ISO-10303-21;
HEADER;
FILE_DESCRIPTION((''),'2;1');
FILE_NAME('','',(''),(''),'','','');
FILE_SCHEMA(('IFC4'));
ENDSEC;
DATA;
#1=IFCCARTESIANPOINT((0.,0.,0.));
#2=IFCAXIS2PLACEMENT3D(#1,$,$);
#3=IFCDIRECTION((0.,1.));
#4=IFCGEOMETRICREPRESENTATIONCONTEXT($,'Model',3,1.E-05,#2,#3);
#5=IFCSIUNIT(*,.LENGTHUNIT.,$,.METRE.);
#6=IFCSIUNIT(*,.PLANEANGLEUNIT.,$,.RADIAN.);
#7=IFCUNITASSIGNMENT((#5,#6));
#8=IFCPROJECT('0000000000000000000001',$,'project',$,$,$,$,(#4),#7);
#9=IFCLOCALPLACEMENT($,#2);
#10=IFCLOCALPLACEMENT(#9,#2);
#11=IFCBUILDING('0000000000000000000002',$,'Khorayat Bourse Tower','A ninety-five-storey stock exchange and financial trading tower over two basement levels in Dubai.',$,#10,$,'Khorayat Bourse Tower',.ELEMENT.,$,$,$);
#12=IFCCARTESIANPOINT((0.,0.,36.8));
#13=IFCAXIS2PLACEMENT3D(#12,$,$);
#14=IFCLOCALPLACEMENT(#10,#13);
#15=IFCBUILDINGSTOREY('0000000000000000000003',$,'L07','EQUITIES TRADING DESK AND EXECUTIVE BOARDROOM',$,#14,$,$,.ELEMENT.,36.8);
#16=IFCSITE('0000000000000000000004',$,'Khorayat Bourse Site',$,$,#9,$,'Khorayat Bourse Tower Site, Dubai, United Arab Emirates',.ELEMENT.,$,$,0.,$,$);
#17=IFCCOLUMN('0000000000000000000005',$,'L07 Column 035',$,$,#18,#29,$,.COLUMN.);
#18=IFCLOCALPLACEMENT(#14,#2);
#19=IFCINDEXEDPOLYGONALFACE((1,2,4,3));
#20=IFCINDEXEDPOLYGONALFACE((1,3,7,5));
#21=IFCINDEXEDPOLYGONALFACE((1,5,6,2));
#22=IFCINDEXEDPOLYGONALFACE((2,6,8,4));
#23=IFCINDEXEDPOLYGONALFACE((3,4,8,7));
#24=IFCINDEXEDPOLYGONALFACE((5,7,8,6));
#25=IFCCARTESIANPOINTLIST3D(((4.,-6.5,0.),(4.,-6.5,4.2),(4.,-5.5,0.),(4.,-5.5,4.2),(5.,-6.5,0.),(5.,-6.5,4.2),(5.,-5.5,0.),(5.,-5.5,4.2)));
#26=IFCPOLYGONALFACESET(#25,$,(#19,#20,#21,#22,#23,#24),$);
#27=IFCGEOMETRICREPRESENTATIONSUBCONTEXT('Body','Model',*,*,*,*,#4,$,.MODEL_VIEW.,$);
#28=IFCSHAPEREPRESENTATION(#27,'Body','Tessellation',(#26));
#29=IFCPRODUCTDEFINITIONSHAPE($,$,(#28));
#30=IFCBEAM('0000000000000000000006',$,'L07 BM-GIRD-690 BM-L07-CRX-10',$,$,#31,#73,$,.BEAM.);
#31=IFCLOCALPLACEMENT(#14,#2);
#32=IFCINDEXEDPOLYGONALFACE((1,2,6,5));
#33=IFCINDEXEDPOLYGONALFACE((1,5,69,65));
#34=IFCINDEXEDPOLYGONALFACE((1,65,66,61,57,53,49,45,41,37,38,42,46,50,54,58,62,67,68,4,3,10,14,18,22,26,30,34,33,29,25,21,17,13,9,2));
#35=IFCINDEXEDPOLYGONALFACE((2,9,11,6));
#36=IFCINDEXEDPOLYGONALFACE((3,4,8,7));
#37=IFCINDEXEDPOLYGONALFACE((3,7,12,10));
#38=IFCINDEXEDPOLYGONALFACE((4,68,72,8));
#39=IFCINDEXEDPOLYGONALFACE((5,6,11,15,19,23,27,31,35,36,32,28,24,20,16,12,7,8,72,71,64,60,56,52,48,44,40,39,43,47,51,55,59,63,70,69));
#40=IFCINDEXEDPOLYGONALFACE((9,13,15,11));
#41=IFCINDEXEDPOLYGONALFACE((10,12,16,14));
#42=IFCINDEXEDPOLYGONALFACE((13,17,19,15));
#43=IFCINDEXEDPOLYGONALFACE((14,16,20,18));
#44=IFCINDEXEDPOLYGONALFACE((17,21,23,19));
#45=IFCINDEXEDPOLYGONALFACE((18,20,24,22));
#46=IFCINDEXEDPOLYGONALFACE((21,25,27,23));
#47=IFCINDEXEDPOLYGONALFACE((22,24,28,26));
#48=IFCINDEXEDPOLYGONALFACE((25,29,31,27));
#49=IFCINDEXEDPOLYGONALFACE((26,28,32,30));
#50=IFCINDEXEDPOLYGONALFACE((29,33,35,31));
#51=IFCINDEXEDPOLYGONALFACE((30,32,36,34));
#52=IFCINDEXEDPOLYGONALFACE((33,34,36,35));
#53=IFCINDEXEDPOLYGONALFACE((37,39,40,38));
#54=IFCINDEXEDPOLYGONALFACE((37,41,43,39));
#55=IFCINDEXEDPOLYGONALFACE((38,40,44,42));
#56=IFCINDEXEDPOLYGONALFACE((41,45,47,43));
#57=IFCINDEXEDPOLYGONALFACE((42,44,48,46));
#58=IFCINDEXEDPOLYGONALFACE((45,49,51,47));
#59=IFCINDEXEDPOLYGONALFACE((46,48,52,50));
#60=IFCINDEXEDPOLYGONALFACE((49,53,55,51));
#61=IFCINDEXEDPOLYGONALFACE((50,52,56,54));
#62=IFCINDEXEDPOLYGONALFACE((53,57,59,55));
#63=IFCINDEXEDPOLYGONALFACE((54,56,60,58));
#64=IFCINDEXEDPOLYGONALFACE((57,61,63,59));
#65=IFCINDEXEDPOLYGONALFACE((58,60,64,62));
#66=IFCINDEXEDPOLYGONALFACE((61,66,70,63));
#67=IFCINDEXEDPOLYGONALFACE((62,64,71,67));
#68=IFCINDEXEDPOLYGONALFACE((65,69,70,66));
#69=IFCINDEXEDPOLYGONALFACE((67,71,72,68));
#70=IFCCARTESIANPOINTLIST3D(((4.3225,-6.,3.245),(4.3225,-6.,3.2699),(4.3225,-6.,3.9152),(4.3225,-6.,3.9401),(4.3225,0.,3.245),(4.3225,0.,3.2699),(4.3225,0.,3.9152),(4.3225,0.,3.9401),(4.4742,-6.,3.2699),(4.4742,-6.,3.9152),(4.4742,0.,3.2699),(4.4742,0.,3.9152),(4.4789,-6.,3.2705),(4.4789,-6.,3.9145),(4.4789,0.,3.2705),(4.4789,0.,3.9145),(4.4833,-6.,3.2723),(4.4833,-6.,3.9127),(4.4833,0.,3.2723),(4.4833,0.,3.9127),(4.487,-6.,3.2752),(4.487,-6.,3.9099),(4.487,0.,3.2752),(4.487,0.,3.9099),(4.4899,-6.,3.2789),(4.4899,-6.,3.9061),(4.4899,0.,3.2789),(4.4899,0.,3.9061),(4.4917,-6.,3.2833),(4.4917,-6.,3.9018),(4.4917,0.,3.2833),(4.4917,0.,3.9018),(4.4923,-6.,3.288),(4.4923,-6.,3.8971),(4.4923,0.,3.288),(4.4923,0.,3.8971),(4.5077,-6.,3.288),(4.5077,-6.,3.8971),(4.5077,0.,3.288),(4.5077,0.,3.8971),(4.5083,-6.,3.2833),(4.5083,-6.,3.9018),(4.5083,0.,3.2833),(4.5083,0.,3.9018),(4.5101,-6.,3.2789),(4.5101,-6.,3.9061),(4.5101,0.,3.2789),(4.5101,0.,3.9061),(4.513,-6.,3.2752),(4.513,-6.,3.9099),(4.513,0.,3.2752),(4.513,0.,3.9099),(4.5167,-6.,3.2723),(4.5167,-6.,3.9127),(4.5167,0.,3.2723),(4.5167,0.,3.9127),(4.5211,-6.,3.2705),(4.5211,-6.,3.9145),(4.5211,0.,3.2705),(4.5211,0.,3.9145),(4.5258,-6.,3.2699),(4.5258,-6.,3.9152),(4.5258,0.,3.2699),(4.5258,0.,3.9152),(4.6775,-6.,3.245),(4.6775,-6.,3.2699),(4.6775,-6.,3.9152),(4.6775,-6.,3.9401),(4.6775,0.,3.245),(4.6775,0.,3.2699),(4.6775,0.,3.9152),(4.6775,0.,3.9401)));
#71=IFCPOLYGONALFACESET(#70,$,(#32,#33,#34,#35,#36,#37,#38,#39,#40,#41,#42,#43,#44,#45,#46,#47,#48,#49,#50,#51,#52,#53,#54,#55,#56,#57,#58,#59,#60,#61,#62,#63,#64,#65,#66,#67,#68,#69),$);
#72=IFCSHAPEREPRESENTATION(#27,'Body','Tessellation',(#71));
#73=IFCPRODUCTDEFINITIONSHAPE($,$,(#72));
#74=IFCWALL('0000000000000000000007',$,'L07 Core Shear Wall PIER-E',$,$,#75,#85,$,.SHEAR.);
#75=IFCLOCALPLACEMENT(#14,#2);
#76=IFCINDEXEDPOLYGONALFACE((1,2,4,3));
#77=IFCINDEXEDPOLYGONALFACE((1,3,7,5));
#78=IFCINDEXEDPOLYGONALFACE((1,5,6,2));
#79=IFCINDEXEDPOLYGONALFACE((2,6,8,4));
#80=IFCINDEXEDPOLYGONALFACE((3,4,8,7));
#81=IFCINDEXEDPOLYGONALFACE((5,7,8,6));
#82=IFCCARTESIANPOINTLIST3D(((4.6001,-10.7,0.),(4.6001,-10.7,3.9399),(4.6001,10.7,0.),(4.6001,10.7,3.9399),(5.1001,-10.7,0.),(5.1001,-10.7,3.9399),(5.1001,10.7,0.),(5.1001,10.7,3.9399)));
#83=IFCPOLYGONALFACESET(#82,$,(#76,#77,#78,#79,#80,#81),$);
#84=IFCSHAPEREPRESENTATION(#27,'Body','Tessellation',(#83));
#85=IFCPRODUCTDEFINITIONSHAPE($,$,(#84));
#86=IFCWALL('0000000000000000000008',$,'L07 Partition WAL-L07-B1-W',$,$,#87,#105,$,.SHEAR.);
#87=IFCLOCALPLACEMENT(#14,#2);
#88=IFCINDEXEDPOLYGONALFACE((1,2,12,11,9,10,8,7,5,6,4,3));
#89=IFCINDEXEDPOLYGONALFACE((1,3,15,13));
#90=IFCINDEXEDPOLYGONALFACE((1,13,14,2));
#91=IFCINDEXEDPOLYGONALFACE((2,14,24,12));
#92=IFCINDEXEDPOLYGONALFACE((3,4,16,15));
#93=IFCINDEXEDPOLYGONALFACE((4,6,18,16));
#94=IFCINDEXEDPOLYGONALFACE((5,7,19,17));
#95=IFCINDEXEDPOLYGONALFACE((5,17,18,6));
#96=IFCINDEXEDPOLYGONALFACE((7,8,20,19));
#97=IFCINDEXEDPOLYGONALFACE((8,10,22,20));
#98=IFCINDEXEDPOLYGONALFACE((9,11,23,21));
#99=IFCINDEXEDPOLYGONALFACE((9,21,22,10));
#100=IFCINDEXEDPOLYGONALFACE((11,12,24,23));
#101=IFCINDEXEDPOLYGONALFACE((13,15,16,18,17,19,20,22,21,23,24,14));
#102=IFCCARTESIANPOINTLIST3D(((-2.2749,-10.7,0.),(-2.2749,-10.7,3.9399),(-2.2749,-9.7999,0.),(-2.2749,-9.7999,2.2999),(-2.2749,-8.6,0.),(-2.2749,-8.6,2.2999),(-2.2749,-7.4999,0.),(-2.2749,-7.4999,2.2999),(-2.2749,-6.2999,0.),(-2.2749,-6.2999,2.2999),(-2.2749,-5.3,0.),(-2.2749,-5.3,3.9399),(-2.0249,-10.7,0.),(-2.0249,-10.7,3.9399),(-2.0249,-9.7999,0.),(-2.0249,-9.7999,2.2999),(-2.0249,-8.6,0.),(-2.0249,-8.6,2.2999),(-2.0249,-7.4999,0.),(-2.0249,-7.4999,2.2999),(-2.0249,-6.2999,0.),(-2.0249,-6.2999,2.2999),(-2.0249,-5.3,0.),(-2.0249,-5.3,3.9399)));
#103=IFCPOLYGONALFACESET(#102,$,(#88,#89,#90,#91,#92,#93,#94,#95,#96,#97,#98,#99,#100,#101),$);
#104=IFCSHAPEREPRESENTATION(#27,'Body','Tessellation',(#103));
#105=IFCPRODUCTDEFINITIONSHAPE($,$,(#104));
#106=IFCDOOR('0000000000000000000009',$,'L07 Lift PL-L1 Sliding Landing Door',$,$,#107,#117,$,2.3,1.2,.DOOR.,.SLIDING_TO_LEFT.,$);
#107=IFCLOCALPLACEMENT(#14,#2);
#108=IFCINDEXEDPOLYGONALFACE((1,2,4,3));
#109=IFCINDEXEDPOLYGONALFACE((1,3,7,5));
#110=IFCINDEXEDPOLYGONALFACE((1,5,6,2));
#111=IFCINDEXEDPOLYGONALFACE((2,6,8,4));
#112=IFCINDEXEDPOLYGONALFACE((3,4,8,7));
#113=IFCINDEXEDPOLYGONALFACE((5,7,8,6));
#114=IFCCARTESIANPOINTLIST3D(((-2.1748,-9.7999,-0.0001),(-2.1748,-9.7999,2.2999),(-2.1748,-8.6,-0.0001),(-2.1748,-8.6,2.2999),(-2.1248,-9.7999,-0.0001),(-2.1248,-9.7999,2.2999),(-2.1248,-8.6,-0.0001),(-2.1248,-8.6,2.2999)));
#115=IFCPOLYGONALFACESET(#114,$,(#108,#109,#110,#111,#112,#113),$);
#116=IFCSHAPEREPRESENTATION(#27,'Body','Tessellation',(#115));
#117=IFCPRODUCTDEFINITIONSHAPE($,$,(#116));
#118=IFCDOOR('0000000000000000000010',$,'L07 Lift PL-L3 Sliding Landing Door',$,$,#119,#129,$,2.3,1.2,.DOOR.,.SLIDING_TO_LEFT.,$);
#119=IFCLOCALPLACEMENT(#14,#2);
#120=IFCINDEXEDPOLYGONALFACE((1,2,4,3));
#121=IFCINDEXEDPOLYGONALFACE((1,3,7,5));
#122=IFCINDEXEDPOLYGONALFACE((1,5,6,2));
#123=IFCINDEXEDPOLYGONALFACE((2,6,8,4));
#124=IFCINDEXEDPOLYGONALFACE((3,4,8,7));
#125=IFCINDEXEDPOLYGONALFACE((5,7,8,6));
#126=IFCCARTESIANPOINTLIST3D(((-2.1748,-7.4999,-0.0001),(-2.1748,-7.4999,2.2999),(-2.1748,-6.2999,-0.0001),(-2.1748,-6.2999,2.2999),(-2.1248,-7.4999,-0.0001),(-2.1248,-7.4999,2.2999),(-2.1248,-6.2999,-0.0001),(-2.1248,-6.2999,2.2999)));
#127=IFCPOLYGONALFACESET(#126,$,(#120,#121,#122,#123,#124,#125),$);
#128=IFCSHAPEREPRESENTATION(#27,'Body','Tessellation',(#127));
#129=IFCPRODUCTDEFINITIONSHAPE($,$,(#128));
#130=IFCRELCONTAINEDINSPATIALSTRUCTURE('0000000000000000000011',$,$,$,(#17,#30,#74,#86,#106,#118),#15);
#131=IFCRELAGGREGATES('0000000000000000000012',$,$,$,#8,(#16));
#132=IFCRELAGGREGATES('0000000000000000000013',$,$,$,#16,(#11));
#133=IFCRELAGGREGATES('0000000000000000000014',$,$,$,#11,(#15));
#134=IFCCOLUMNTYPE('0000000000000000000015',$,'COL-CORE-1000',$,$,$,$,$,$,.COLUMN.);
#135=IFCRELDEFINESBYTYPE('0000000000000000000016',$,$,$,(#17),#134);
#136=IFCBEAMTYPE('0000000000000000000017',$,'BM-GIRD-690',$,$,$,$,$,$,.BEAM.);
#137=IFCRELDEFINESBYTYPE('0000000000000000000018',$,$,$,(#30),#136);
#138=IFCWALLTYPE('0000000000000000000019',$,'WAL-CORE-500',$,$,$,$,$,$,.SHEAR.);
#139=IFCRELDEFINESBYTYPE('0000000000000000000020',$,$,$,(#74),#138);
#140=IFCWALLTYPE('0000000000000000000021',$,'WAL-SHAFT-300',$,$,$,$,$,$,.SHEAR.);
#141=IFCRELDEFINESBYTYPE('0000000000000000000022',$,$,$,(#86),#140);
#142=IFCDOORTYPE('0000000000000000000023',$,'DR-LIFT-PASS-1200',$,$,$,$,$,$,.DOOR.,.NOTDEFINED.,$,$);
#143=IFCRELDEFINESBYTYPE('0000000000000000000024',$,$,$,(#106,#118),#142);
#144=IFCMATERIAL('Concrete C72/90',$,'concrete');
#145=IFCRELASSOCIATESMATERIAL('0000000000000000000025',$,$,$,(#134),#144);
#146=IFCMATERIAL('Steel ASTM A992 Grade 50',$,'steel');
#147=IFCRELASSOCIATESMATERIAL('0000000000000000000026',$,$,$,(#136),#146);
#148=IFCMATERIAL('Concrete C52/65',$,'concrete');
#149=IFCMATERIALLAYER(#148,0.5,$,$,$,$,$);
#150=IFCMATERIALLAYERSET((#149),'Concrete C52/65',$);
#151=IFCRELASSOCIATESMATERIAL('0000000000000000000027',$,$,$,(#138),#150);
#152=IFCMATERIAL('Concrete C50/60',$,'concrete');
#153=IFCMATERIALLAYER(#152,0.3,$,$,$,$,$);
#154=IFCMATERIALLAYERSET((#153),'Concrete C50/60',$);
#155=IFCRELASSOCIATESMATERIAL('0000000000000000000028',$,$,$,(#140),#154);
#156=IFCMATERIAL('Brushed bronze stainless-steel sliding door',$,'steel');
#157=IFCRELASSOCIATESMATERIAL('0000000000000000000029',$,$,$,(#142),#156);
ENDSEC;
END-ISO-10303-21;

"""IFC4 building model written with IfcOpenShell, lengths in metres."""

from ifc_helpers import new_model, si_unit, direction, frame, frame_2d, origin, origin_2d, place, context, subcontext, project, spatial, rectangle, i_section, extrude, source, transform, mapped, material, layer, layer_set, material_profile, profile_set, type_object, element, fill, save


model = new_model("IFC4")

# Units and contexts
model_context = context("Model", 3, precision=1e-05, world=origin(), true_north=direction((0.0, 1.0)))
body_context = subcontext(model_context, "Body", "Model", "MODEL_VIEW")
ifc_project = project(units=[si_unit("LENGTHUNIT", "METRE"), si_unit("PLANEANGLEUNIT", "RADIAN")], contexts=[model_context])

# Site, building, storey
site_placement = place(None, origin())
site = spatial("IfcSite", under=ifc_project, at=site_placement, Name="Khorayat Bourse Site", LongName="Khorayat Bourse Tower Site, Dubai, United Arab Emirates", CompositionType="ELEMENT", RefElevation=0.0)
building_placement = place(site_placement, origin())
building = spatial("IfcBuilding", under=site, at=building_placement, Name="Khorayat Bourse Tower", Description="A ninety-five-storey stock exchange and financial trading tower over two basement levels in Dubai.", LongName="Khorayat Bourse Tower", CompositionType="ELEMENT")
storey_placement = place(building_placement, frame((0.0, 0.0, 36.8)))
storey = spatial("IfcBuildingStorey", under=building, at=storey_placement, Name="L07", Description="EQUITIES TRADING DESK AND EXECUTIVE BOARDROOM", CompositionType="ELEMENT", Elevation=36.8)

# Column
ifc_material_1 = material(Name="Concrete C72/90", Category="concrete")
ifc_material_profile_1 = material_profile(ifc_material_1, rectangle(XDim=1.0, YDim=1.0, at=origin_2d()), Name="RC 1000x1000")
ifc_profile_set_1 = profile_set([ifc_material_profile_1], Name="Concrete C72/90")
column_type = type_object("IfcColumnType", Name="COL-CORE-1000", PredefinedType="COLUMN", material=ifc_profile_set_1)
shared_shape_1 = source(origin(), body_context, "Body", "SweptSolid", [
    extrude(rectangle(XDim=1.0, YDim=1.0, at=origin_2d()), origin(), (0.0, 0.0, 1.0), 4.2),
])
column_placement = place(storey_placement, frame((4.5, -6.0, 0.0), z_axis=(0.0, 0.0, 1.0), x_axis=(1.0, 0.0, 0.0)))
element("IfcColumn", 1, at=column_placement, inside=storey, type_object=column_type, Name="L07 Column 035", PredefinedType="COLUMN", context=body_context, shape_type="MappedRepresentation", body=[
    mapped(shared_shape_1, transform((0.0, 0.0, 0.0), scale=1.0)),
])

# Beam
ifc_material_2 = material(Name="Steel ASTM A992 Grade 50", Category="steel")
ifc_material_profile_2 = material_profile(ifc_material_2, i_section(OverallWidth=0.355, OverallDepth=0.6951, WebThickness=0.0154, FlangeThickness=0.0249, FilletRadius=0.0181, at=origin_2d()), Name="W690X217")
ifc_profile_set_2 = profile_set([ifc_material_profile_2], Name="Steel ASTM A992 Grade 50")
beam_type = type_object("IfcBeamType", Name="BM-GIRD-690", PredefinedType="BEAM", material=ifc_profile_set_2)
shared_shape_2 = source(origin(), body_context, "Body", "SweptSolid", [
    extrude(i_section(OverallWidth=0.355, OverallDepth=0.6951, WebThickness=0.0154, FlangeThickness=0.0249, FilletRadius=0.0181, at=origin_2d()), origin(), (0.0, 0.0, 1.0), 6.0),
])
beam_placement = place(storey_placement, frame((4.5, -6.0, 3.5925), z_axis=(0.0, 1.0, 0.0), x_axis=(-1.0, 0.0, 0.0)))
element("IfcBeam", 2, at=beam_placement, inside=storey, type_object=beam_type, Name="L07 BM-GIRD-690 BM-L07-CRX-10", PredefinedType="BEAM", context=body_context, shape_type="MappedRepresentation", body=[
    mapped(shared_shape_2, transform((0.0, 0.0, 0.0), scale=1.0)),
])

# Wall
ifc_material_3 = material(Name="Concrete C52/65", Category="concrete")
ifc_layer_1 = layer(ifc_material_3, 0.5)
ifc_layer_set_1 = layer_set([ifc_layer_1], Name="Concrete C52/65")
wall_type_1 = type_object("IfcWallType", Name="WAL-CORE-500", PredefinedType="SHEAR", material=ifc_layer_set_1)
shared_shape_3 = source(origin(), body_context, "Body", "SweptSolid", [
    extrude(rectangle(XDim=21.3999, YDim=0.5, at=frame_2d((10.7, 0.0))), origin(), (0.0, 0.0, 1.0), 3.9399),
])
wall_1_placement = place(storey_placement, frame((4.8501, -10.7, 0.0), z_axis=(0.0, 0.0, 1.0), x_axis=(0.0, 1.0, 0.0)))
element("IfcWall", 3, at=wall_1_placement, inside=storey, type_object=wall_type_1, Name="L07 Core Shear Wall PIER-E", PredefinedType="SHEAR", context=body_context, shape_type="MappedRepresentation", body=[
    mapped(shared_shape_3, transform((0.0, 0.0, 0.0), scale=1.0)),
])

# Wall, openings, doors
ifc_material_4 = material(Name="Concrete C50/60", Category="concrete")
ifc_layer_2 = layer(ifc_material_4, 0.3)
ifc_layer_set_2 = layer_set([ifc_layer_2], Name="Concrete C50/60")
wall_type_2 = type_object("IfcWallType", Name="WAL-SHAFT-300", PredefinedType="SHEAR", material=ifc_layer_set_2)
shared_shape_4 = source(origin(), body_context, "Body", "SweptSolid", [
    extrude(rectangle(XDim=5.3999, YDim=0.25, at=frame_2d((2.7, 0.0))), origin(), (0.0, 0.0, 1.0), 3.9399),
])
wall_2_placement = place(storey_placement, frame((-2.1499, -10.7, 0.0), z_axis=(0.0, 0.0, 1.0), x_axis=(0.0, 1.0, 0.0)))
wall_2 = element("IfcWall", 4, at=wall_2_placement, inside=storey, type_object=wall_type_2, Name="L07 Partition WAL-L07-B1-W", PredefinedType="SHEAR", context=body_context, shape_type="MappedRepresentation", body=[
    mapped(shared_shape_4, transform((0.0, 0.0, 0.0), scale=1.0)),
])
shared_shape_5 = source(origin(), body_context, "Body", "SweptSolid", [
    extrude(rectangle(XDim=1.2, YDim=2.3, at=frame_2d((0.6001, 1.1499))), frame((0.0, 0.135, 0.0), z_axis=(0.0, -1.0, 0.0), x_axis=(1.0, 0.0, 0.0)), (0.0, 0.0, 1.0), 0.27),
])
opening_1_placement = place(wall_2_placement, frame((0.8999, 0.0, 0.0)))
opening_1 = element("IfcOpeningElement", 5, at=opening_1_placement, cuts=wall_2, PredefinedType="OPENING", context=body_context, shape_type="MappedRepresentation", body=[
    mapped(shared_shape_5, transform((0.0, 0.0, 0.0), scale=1.0)),
])
opening_2_placement = place(wall_2_placement, frame((3.2, 0.0, 0.0)))
opening_2 = element("IfcOpeningElement", 6, at=opening_2_placement, cuts=wall_2, PredefinedType="OPENING", context=body_context, shape_type="MappedRepresentation", body=[
    mapped(shared_shape_5, transform((0.0, 0.0, 0.0), scale=1.0)),
])
ifc_material_5 = material(Name="Brushed bronze stainless-steel sliding door", Category="steel")
door_type_1 = type_object("IfcDoorType", Name="DR-LIFT-PASS-1200", OperationType="NOTDEFINED", PredefinedType="DOOR", material=ifc_material_5)
shared_shape_6 = source(origin(), body_context, "Body", "SweptSolid", [
    extrude(rectangle(XDim=1.2, YDim=2.3, at=frame_2d((0.6001, 1.1499))), frame((0.0, 0.0249, 0.0), z_axis=(0.0, -1.0, 0.0), x_axis=(1.0, 0.0, 0.0)), (0.0, 0.0, 1.0), 0.05),
])
door_1_placement = place(opening_1_placement, origin())
door_1 = element("IfcDoor", 7, at=door_1_placement, inside=storey, type_object=door_type_1, Name="L07 Lift PL-L1 Sliding Landing Door", OperationType="SLIDING_TO_LEFT", OverallHeight=2.3, OverallWidth=1.2, PredefinedType="DOOR", context=body_context, shape_type="MappedRepresentation", body=[
    mapped(shared_shape_6, transform((0.0, 0.0, 0.0), scale=1.0)),
])
fill(opening_1, door_1)
door_2_placement = place(opening_2_placement, origin())
door_2 = element("IfcDoor", 8, at=door_2_placement, inside=storey, type_object=door_type_1, Name="L07 Lift PL-L3 Sliding Landing Door", OperationType="SLIDING_TO_LEFT", OverallHeight=2.3, OverallWidth=1.2, PredefinedType="DOOR", context=body_context, shape_type="MappedRepresentation", body=[
    mapped(shared_shape_6, transform((0.0, 0.0, 0.0), scale=1.0)),
])
fill(opening_2, door_2)

save(model, "model.ifc")
